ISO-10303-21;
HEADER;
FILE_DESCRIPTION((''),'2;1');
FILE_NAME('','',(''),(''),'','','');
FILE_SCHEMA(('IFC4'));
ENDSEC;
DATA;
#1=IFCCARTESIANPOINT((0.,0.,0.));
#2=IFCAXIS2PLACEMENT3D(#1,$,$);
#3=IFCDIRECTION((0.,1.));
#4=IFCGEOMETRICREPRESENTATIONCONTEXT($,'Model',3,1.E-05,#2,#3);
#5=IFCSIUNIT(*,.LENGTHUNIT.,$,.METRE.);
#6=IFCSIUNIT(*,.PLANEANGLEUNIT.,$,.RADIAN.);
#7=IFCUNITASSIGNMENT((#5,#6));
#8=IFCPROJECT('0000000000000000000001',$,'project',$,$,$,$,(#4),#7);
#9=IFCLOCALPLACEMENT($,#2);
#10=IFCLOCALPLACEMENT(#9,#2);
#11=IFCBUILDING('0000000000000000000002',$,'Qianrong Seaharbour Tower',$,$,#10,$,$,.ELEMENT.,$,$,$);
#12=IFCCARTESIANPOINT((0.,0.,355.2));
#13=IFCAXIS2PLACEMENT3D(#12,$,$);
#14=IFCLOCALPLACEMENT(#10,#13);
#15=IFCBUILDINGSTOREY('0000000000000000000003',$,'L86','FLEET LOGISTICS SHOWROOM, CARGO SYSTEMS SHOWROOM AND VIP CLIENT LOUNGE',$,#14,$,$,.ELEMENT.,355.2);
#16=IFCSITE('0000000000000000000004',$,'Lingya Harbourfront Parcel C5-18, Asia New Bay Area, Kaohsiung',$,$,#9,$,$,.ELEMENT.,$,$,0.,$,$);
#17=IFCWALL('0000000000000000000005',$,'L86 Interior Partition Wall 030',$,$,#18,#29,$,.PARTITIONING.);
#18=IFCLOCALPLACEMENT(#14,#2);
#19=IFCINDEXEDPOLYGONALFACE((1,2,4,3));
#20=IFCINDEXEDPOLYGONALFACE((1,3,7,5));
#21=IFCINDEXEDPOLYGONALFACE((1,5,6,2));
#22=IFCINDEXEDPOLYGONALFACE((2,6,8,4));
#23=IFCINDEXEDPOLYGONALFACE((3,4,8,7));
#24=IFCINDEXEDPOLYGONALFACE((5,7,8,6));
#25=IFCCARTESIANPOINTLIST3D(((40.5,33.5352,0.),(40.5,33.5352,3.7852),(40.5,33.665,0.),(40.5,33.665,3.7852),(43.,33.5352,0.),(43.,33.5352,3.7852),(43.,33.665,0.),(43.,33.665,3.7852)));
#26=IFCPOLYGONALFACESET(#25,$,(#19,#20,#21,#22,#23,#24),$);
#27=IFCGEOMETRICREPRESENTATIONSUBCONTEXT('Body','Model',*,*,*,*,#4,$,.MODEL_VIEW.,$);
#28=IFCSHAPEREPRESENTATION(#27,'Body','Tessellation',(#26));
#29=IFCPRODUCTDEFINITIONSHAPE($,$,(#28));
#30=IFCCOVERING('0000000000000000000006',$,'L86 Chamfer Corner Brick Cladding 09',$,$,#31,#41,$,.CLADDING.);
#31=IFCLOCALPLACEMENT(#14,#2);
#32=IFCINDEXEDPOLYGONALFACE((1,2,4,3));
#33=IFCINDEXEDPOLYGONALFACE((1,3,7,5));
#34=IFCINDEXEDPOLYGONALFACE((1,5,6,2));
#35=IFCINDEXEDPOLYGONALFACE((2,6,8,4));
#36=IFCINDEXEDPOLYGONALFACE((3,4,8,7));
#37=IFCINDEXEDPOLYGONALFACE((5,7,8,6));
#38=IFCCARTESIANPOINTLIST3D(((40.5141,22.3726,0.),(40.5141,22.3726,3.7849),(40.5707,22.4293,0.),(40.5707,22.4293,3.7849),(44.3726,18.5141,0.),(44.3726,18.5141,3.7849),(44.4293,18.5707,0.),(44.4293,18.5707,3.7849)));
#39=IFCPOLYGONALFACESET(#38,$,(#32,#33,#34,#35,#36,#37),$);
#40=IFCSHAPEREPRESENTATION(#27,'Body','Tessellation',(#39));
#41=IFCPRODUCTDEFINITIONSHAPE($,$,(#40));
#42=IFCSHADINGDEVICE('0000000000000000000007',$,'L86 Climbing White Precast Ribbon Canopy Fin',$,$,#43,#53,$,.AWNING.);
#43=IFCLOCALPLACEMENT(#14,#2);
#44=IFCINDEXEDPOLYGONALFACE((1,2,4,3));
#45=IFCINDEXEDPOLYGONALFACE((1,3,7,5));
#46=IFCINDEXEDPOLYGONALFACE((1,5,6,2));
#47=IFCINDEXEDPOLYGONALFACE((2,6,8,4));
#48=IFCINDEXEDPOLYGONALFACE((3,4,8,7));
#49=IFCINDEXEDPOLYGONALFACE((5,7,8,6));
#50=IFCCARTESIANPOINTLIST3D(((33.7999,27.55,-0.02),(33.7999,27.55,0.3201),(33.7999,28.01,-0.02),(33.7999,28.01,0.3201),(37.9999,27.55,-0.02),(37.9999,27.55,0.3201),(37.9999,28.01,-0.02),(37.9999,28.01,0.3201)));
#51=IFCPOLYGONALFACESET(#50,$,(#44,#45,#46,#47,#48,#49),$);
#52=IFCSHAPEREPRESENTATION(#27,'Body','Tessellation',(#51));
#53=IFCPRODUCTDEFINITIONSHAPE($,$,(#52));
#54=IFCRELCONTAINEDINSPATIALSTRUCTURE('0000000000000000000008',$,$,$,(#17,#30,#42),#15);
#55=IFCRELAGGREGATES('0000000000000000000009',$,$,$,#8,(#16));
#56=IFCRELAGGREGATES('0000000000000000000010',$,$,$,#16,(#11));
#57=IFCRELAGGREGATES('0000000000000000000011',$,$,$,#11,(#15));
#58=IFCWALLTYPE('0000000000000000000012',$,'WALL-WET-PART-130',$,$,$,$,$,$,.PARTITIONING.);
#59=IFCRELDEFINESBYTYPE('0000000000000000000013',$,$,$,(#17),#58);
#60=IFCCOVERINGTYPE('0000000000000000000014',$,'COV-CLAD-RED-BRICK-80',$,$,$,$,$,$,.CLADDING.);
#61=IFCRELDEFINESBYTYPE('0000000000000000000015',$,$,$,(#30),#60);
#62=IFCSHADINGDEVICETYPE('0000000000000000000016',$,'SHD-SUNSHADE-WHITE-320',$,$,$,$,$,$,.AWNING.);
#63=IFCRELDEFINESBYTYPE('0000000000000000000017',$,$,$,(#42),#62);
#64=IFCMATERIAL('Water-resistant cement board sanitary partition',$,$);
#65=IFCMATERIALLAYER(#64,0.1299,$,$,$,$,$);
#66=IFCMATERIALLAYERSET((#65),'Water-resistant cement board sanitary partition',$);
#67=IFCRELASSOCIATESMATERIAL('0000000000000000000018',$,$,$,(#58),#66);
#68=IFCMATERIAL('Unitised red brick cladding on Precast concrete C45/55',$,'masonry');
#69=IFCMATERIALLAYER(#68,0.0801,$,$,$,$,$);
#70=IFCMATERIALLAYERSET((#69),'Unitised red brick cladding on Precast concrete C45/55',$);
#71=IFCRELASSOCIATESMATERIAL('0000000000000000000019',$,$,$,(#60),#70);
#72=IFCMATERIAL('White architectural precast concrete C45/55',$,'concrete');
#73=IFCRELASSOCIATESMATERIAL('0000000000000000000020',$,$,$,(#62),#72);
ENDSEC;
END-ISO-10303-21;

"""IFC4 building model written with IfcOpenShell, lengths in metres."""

from ifc_helpers import new_model, si_unit, direction, frame, frame_2d, origin, origin_2d, place, context, subcontext, project, spatial, rectangle, extrude, material, layer, layer_set, type_object, element, save


model = new_model("IFC4")

# Units and contexts
model_context = context("Model", 3, precision=1e-05, world=origin(), true_north=direction((0.0, 1.0)))
body_context = subcontext(model_context, "Body", "Model", "MODEL_VIEW")
ifc_project = project(units=[si_unit("LENGTHUNIT", "METRE"), si_unit("PLANEANGLEUNIT", "RADIAN")], contexts=[model_context])

# Site, building, storey
site_placement = place(None, origin())
site = spatial("IfcSite", under=ifc_project, at=site_placement, Name="Lingya Harbourfront Parcel C5-18, Asia New Bay Area, Kaohsiung", CompositionType="ELEMENT", RefElevation=0.0)
building_placement = place(site_placement, origin())
building = spatial("IfcBuilding", under=site, at=building_placement, Name="Qianrong Seaharbour Tower", CompositionType="ELEMENT")
storey_placement = place(building_placement, frame((0.0, 0.0, 355.2)))
storey = spatial("IfcBuildingStorey", under=building, at=storey_placement, Name="L86", Description="FLEET LOGISTICS SHOWROOM, CARGO SYSTEMS SHOWROOM AND VIP CLIENT LOUNGE", CompositionType="ELEMENT", Elevation=355.2)

# Wall
ifc_material_1 = material(Name="Water-resistant cement board sanitary partition")
ifc_layer_1 = layer(ifc_material_1, 0.1299)
ifc_layer_set_1 = layer_set([ifc_layer_1], Name="Water-resistant cement board sanitary partition")
wall_type_1 = type_object("IfcWallType", Name="WALL-WET-PART-130", PredefinedType="PARTITIONING", material=ifc_layer_set_1)
wall_1_placement = place(storey_placement, frame((43.0, 33.6001, 0.0), z_axis=(0.0, 0.0, 1.0), x_axis=(-1.0, 0.0, 0.0)))
element("IfcWall", 1, at=wall_1_placement, inside=storey, type_object=wall_type_1, Name="L86 Interior Partition Wall 030", PredefinedType="PARTITIONING", context=body_context, shape_type="SweptSolid", body=[
    extrude(rectangle(XDim=2.5, YDim=0.1299, at=frame_2d((1.25, 0.0))), origin(), (0.0, 0.0, 1.0), 3.7852),
])

# Covering
ifc_material_2 = material(Name="Unitised red brick cladding on Precast concrete C45/55", Category="masonry")
ifc_layer_2 = layer(ifc_material_2, 0.0801)
ifc_layer_set_2 = layer_set([ifc_layer_2], Name="Unitised red brick cladding on Precast concrete C45/55")
covering_type = type_object("IfcCoveringType", Name="COV-CLAD-RED-BRICK-80", PredefinedType="CLADDING", material=ifc_layer_set_2)
covering_placement = place(storey_placement, frame((42.4717, 20.4717, 0.0), z_axis=(0.0, 0.0, 1.0), x_axis=(-0.707107, 0.707107, 0.0)))
element("IfcCovering", 2, at=covering_placement, inside=storey, type_object=covering_type, Name="L86 Chamfer Corner Brick Cladding 09", PredefinedType="CLADDING", context=body_context, shape_type="SweptSolid", body=[
    extrude(rectangle(XDim=5.4568, YDim=0.0801, at=origin_2d()), origin(), (0.0, 0.0, 1.0), 3.7849),
])

# Shading device
ifc_material_3 = material(Name="White architectural precast concrete C45/55", Category="concrete")
shading_device_type = type_object("IfcShadingDeviceType", Name="SHD-SUNSHADE-WHITE-320", PredefinedType="AWNING", material=ifc_material_3)
shading_device_placement = place(storey_placement, frame((35.8999, 27.78, -0.02), z_axis=(0.0, 0.0, 1.0), x_axis=(1.0, 0.0, 0.0)))
element("IfcShadingDevice", 3, at=shading_device_placement, inside=storey, type_object=shading_device_type, Name="L86 Climbing White Precast Ribbon Canopy Fin", PredefinedType="AWNING", context=body_context, shape_type="SweptSolid", body=[
    extrude(rectangle(XDim=4.2, YDim=0.46, at=origin_2d()), origin(), (0.0, 0.0, 1.0), 0.3401),
])

save(model, "model.ifc")
